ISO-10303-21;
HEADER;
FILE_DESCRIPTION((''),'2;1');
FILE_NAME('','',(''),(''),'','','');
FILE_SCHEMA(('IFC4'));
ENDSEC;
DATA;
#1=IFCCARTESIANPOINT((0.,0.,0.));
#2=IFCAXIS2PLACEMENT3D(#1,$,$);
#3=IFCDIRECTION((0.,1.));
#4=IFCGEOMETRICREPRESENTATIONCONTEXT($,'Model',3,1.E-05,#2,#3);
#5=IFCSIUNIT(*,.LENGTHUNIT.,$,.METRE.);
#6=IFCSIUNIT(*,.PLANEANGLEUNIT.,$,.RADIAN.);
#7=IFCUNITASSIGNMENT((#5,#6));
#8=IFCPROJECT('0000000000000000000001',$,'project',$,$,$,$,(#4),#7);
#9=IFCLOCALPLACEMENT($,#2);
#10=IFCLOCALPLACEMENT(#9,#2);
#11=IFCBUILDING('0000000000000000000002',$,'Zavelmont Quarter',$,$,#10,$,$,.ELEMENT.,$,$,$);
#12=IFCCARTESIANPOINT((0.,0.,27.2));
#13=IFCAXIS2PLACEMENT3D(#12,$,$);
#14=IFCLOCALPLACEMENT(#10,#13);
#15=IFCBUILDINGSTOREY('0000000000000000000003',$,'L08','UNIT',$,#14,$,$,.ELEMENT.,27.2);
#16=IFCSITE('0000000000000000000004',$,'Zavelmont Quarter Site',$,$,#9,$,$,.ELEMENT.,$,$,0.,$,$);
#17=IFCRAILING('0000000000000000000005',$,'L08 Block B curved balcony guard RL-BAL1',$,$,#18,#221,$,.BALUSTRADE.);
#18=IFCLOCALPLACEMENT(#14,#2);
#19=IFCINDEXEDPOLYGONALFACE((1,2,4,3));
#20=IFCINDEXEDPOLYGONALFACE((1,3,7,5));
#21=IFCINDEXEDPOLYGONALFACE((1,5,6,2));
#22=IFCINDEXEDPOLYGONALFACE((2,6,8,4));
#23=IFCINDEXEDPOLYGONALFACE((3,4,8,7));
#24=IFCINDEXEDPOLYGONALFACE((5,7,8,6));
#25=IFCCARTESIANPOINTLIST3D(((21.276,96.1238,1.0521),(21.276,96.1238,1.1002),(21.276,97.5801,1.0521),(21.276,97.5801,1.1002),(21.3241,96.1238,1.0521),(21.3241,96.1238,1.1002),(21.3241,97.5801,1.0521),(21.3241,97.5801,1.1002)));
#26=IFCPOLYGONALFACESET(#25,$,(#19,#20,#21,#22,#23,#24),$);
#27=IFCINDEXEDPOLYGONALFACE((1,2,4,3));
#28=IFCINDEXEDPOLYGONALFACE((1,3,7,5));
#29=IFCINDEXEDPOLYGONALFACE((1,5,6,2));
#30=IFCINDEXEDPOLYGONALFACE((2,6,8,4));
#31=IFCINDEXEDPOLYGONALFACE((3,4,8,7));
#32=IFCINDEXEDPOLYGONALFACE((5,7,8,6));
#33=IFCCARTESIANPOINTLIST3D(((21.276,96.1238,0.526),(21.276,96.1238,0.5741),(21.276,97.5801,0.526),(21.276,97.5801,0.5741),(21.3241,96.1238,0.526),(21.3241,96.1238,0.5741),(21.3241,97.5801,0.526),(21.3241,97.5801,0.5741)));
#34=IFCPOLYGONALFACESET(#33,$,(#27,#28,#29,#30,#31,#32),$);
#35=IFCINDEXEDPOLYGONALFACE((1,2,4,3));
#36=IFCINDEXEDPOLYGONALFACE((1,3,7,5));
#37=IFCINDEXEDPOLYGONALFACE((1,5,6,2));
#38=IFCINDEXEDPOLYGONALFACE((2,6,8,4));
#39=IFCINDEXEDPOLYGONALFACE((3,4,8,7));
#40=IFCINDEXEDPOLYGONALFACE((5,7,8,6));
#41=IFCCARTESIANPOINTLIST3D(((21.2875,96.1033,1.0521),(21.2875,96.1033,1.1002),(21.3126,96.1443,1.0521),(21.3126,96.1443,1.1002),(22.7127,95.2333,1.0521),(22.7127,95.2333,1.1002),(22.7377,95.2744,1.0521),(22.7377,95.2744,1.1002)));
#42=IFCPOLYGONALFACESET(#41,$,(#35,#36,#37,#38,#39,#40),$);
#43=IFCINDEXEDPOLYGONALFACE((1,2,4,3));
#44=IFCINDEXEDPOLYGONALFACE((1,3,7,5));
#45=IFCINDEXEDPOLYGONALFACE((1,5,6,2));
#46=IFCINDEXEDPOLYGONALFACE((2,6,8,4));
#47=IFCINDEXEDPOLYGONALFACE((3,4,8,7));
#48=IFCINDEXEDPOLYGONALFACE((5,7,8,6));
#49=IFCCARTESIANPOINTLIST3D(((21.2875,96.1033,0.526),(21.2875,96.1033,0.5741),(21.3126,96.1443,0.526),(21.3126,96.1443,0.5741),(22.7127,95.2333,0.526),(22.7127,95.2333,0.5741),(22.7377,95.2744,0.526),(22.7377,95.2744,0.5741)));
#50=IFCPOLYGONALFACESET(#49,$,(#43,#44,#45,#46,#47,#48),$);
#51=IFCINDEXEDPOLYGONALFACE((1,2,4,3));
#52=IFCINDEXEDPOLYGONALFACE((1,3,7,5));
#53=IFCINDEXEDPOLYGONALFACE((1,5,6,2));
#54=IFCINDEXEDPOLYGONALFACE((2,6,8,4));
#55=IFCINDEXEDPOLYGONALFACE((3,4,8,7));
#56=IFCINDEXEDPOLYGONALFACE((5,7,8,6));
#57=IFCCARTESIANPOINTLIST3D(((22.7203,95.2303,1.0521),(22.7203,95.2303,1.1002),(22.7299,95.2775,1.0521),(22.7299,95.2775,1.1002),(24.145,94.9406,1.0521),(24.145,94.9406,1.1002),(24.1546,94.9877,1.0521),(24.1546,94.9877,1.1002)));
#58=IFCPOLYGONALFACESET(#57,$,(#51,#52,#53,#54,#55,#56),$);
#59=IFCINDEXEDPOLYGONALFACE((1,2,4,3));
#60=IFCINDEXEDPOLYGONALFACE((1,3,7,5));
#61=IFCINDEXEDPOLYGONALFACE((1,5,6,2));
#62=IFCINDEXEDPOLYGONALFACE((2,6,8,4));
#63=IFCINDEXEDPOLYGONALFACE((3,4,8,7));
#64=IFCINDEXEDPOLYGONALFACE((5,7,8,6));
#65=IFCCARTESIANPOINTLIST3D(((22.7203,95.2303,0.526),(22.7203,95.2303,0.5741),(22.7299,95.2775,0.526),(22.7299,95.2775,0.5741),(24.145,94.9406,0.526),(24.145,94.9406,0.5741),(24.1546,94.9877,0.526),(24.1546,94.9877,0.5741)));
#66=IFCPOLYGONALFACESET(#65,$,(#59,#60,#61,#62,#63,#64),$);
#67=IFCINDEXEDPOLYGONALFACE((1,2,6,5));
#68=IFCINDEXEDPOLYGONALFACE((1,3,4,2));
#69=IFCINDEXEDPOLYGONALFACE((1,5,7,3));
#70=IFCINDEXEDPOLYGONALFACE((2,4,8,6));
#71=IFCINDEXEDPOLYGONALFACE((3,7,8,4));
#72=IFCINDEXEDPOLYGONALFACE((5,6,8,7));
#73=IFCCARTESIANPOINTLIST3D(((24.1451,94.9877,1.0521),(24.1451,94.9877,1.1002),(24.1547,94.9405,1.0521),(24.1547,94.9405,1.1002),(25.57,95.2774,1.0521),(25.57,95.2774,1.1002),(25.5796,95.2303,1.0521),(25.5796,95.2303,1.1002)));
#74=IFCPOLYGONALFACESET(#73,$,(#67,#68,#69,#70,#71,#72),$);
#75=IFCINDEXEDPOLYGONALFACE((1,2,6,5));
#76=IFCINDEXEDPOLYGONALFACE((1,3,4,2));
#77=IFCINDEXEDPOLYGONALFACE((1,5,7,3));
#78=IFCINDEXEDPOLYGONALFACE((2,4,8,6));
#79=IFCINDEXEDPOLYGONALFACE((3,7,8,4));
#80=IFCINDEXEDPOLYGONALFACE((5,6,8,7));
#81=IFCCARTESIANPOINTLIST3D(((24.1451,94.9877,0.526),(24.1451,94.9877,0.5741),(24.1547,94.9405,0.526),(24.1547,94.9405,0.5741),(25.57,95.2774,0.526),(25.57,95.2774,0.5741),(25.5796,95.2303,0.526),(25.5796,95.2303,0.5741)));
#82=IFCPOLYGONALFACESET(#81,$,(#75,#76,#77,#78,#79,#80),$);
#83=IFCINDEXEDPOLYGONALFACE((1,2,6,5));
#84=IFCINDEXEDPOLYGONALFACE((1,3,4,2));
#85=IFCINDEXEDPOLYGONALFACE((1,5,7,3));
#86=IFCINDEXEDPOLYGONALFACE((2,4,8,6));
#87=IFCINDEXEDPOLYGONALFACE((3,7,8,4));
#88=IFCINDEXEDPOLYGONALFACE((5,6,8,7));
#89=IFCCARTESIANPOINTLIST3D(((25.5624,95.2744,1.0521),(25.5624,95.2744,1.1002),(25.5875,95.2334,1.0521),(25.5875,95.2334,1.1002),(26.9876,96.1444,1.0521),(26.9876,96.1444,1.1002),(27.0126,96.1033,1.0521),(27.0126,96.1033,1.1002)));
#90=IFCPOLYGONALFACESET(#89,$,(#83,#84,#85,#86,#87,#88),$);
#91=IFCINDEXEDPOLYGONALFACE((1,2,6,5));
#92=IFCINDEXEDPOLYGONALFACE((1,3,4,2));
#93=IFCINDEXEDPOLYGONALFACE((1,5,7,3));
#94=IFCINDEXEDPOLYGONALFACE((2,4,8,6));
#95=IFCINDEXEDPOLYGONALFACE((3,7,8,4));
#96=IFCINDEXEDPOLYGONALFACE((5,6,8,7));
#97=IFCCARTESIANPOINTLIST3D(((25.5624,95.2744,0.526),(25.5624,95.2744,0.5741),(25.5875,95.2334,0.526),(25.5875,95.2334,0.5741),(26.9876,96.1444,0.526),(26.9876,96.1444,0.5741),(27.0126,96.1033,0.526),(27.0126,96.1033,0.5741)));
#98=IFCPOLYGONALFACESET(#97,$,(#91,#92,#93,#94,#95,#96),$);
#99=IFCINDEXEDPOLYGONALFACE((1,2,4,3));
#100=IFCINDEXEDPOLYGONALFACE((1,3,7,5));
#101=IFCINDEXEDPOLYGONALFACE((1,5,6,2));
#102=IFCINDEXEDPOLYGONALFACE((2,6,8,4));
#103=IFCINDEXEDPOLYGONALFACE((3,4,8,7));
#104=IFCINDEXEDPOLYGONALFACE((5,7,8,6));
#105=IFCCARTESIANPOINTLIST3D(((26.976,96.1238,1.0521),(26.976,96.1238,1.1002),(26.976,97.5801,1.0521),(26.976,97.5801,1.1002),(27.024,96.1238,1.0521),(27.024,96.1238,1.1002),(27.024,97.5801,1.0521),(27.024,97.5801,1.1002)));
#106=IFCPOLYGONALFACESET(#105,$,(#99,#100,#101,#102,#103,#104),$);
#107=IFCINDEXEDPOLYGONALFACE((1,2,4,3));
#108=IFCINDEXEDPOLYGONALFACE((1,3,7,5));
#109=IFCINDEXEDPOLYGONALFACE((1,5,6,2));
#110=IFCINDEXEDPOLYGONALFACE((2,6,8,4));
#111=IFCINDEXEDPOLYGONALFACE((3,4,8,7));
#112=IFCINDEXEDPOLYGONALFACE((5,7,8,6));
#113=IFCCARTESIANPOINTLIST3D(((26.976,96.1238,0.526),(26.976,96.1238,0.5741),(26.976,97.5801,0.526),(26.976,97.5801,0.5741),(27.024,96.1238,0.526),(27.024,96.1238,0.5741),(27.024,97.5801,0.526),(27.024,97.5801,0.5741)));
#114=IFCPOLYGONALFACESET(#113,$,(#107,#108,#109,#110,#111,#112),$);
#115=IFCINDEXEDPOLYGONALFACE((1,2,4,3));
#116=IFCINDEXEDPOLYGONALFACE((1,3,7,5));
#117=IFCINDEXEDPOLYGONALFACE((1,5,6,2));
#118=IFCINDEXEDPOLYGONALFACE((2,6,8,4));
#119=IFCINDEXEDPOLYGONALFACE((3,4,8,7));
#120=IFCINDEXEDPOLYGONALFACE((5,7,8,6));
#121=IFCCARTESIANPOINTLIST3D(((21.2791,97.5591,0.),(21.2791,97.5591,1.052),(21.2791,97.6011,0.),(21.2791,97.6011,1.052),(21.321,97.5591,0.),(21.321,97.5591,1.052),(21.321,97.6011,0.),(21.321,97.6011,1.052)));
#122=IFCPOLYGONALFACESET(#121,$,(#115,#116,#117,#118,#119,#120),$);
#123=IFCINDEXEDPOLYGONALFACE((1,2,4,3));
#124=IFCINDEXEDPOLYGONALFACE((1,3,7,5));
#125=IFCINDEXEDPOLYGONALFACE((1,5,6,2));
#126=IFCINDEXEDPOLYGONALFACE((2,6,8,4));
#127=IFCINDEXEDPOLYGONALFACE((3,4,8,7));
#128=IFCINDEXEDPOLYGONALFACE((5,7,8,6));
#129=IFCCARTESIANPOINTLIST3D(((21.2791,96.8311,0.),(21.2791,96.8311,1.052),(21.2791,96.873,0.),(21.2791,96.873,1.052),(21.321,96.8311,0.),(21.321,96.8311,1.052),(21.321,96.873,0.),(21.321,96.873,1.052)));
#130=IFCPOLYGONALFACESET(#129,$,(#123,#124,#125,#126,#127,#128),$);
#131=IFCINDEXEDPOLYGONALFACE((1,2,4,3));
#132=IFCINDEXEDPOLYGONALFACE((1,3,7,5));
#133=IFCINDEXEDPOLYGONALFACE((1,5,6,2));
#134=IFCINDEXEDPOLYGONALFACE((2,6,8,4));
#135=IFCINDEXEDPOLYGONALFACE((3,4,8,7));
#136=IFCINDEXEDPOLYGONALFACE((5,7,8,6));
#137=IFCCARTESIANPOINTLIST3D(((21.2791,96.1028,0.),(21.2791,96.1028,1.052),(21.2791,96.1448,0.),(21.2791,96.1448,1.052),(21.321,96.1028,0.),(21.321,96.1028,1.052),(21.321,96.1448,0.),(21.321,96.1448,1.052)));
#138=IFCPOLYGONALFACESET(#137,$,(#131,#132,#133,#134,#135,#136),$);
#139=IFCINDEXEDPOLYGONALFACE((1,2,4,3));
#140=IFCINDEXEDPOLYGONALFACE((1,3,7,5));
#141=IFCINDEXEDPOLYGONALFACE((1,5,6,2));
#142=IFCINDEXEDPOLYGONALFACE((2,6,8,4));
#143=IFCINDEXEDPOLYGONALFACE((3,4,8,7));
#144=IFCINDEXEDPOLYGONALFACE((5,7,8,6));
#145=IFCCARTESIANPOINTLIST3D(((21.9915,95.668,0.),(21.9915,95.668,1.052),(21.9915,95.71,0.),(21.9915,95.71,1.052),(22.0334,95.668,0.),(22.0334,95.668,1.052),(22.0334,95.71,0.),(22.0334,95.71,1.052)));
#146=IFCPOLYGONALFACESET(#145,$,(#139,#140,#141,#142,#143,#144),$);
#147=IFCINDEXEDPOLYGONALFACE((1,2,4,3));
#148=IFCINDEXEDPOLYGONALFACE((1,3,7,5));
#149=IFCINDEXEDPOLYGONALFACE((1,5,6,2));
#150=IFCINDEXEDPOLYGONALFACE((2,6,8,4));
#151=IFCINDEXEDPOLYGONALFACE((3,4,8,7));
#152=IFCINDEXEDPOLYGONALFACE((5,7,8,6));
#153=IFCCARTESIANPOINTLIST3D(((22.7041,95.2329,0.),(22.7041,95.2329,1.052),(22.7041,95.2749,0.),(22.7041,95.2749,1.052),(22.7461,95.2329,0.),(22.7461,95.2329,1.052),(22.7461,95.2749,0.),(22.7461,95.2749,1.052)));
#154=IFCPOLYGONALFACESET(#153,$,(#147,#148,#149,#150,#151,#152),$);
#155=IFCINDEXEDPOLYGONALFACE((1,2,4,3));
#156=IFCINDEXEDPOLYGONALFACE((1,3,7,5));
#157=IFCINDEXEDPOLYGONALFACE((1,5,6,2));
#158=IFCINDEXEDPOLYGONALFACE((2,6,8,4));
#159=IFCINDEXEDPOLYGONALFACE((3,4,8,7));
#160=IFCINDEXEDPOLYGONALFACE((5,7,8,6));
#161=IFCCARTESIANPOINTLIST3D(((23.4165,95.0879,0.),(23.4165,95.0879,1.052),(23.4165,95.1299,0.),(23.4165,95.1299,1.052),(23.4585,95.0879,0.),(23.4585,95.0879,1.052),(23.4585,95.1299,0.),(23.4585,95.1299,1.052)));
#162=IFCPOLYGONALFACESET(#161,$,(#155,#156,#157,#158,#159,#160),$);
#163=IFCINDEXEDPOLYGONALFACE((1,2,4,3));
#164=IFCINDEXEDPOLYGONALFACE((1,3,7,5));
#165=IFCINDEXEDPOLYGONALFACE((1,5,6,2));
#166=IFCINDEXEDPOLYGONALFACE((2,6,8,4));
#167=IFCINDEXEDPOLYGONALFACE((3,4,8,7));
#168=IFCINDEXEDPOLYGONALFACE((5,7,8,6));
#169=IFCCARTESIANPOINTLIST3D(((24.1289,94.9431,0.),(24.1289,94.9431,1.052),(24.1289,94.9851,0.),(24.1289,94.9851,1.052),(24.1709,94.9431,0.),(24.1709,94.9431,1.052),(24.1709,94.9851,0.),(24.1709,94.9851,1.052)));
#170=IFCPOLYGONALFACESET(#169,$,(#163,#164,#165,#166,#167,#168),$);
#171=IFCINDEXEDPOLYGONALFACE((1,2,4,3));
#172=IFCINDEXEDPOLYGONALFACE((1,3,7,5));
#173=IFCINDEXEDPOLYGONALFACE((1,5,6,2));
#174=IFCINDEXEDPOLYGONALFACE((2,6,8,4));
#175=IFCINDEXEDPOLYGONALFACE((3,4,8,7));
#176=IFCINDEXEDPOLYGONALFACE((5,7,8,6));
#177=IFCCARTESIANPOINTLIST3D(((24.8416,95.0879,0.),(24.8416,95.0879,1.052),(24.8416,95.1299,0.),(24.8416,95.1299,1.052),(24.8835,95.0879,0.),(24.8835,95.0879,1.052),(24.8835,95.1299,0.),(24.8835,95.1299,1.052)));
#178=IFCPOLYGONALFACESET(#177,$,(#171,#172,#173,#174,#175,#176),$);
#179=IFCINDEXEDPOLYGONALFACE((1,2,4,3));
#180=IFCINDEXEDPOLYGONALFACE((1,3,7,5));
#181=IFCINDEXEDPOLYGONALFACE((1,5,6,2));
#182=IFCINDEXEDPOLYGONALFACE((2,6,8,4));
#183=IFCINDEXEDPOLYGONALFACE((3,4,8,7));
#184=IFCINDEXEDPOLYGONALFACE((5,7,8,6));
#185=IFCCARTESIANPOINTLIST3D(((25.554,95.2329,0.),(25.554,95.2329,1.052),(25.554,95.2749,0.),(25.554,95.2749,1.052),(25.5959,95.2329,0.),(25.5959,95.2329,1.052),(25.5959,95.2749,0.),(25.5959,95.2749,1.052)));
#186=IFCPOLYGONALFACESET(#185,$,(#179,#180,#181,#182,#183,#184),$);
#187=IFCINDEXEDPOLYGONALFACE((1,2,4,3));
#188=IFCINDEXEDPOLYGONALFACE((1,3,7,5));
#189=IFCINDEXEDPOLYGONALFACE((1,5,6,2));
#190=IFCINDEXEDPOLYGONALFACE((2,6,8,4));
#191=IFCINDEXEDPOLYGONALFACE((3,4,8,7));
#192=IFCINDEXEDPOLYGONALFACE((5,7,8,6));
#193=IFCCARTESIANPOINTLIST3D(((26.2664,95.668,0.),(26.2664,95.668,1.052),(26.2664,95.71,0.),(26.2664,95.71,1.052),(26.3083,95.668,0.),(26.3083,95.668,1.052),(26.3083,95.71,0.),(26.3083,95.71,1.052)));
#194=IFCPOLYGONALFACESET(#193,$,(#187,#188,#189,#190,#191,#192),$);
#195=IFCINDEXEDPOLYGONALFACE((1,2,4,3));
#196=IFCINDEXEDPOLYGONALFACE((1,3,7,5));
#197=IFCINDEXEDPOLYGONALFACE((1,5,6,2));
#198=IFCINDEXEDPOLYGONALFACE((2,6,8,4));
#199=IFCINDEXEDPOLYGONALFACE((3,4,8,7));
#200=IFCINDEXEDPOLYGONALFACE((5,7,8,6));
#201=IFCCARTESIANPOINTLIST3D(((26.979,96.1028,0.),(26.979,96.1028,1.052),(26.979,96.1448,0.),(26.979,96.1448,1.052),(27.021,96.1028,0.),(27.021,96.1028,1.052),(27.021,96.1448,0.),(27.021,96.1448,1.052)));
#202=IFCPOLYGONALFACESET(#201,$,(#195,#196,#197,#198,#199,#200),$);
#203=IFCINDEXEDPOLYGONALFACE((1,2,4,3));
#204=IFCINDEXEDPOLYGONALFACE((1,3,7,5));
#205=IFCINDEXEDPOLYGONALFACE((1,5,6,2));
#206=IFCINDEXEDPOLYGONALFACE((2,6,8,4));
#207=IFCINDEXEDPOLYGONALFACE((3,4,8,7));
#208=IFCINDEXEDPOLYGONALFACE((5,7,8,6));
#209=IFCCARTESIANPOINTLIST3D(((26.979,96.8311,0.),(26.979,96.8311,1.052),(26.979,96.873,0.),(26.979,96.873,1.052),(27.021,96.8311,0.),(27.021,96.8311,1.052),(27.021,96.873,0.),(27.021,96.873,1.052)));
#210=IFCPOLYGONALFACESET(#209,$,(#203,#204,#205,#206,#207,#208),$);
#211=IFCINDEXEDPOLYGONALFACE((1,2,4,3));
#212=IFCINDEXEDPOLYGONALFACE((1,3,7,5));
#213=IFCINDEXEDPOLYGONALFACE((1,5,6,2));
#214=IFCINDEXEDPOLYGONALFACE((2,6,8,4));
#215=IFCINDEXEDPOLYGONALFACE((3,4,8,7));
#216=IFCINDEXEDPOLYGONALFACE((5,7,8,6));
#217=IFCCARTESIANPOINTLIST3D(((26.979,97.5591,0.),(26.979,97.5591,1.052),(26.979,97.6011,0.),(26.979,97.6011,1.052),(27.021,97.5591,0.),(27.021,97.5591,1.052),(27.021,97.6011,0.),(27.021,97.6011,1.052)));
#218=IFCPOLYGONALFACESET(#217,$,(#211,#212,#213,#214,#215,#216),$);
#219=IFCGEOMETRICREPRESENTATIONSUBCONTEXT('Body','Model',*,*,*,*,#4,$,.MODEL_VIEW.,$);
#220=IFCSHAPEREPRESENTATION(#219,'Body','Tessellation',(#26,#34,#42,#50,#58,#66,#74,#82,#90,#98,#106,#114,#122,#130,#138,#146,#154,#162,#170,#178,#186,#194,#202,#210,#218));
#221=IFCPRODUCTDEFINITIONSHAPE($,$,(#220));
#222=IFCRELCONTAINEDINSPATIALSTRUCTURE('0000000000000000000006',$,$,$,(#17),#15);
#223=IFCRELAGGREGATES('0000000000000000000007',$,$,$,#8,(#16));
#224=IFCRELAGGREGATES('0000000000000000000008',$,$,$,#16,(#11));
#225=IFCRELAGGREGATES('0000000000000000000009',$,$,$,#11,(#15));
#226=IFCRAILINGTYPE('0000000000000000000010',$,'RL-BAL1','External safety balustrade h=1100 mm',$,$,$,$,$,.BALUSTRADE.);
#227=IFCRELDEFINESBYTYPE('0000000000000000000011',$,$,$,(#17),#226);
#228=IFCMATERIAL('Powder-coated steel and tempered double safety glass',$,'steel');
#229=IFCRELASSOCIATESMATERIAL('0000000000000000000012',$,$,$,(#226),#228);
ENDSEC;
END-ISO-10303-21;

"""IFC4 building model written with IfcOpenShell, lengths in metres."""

from ifc_helpers import new_model, si_unit, direction, frame, origin, origin_2d, place, context, subcontext, project, spatial, rectangle, extrude, material, type_object, element, save


model = new_model("IFC4")

# Units and contexts
model_context = context("Model", 3, precision=1e-05, world=origin(), true_north=direction((0.0, 1.0)))
body_context = subcontext(model_context, "Body", "Model", "MODEL_VIEW")
ifc_project = project(units=[si_unit("LENGTHUNIT", "METRE"), si_unit("PLANEANGLEUNIT", "RADIAN")], contexts=[model_context])

# Site, building, storey
site_placement = place(None, origin())
site = spatial("IfcSite", under=ifc_project, at=site_placement, Name="Zavelmont Quarter Site", CompositionType="ELEMENT", RefElevation=0.0)
building_placement = place(site_placement, origin())
building = spatial("IfcBuilding", under=site, at=building_placement, Name="Zavelmont Quarter", CompositionType="ELEMENT")
storey_placement = place(building_placement, frame((0.0, 0.0, 27.2)))
storey = spatial("IfcBuildingStorey", under=building, at=storey_placement, Name="L08", Description="UNIT", CompositionType="ELEMENT", Elevation=27.2)

# Railing
ifc_material_1 = material(Name="Powder-coated steel and tempered double safety glass", Category="steel")
railing_type_1 = type_object("IfcRailingType", Name="RL-BAL1", Description="External safety balustrade h=1100 mm", PredefinedType="BALUSTRADE", material=ifc_material_1)
railing_1_placement = place(storey_placement, frame((21.3, 97.5801, 0.0)))
element("IfcRailing", 1, at=railing_1_placement, inside=storey, type_object=railing_type_1, Name="L08 Block B curved balcony guard RL-BAL1", PredefinedType="BALUSTRADE", context=body_context, shape_type="SweptSolid", body=[
    extrude(rectangle(XDim=0.0481, YDim=0.0481, at=origin_2d()), frame((0.0, 0.0, 1.0762), z_axis=(0.0, -1.0, 0.0), x_axis=(1.0, 0.0, 0.0)), (0.0, 0.0, 1.0), 1.4563),
    extrude(rectangle(XDim=0.0481, YDim=0.0481, at=origin_2d()), frame((0.0, 0.0, 0.55), z_axis=(0.0, -1.0, 0.0), x_axis=(1.0, 0.0, 0.0)), (0.0, 0.0, 1.0), 1.4563),
    extrude(rectangle(XDim=0.0481, YDim=0.0481, at=origin_2d()), frame((0.0, -1.4563, 1.0762), z_axis=(0.853546, -0.521018, 0.0), x_axis=(0.521018, 0.853546, 0.0)), (0.0, 0.0, 1.0), 1.6697),
    extrude(rectangle(XDim=0.0481, YDim=0.0481, at=origin_2d()), frame((0.0, -1.4563, 0.55), z_axis=(0.853546, -0.521018, 0.0), x_axis=(0.521018, 0.853546, 0.0)), (0.0, 0.0, 1.0), 1.6697),
    extrude(rectangle(XDim=0.0481, YDim=0.0481, at=origin_2d()), frame((1.425, -2.3262, 1.0762), z_axis=(0.979936, -0.199312, 0.0), x_axis=(0.199312, 0.979936, 0.0)), (0.0, 0.0, 1.0), 1.4539),
    extrude(rectangle(XDim=0.0481, YDim=0.0481, at=origin_2d()), frame((1.425, -2.3262, 0.55), z_axis=(0.979936, -0.199312, 0.0), x_axis=(0.199312, 0.979936, 0.0)), (0.0, 0.0, 1.0), 1.4539),
    extrude(rectangle(XDim=0.0481, YDim=0.0481, at=origin_2d()), frame((2.8499, -2.616, 1.0762), z_axis=(0.979943, 0.199279, 0.0), x_axis=(-0.199279, 0.979943, 0.0)), (0.0, 0.0, 1.0), 1.4541),
    extrude(rectangle(XDim=0.0481, YDim=0.0481, at=origin_2d()), frame((2.8499, -2.616, 0.55), z_axis=(0.979943, 0.199279, 0.0), x_axis=(-0.199279, 0.979943, 0.0)), (0.0, 0.0, 1.0), 1.4541),
    extrude(rectangle(XDim=0.0481, YDim=0.0481, at=origin_2d()), frame((4.2749, -2.3262, 1.0762), z_axis=(0.853546, 0.521018, 0.0), x_axis=(-0.521018, 0.853546, 0.0)), (0.0, 0.0, 1.0), 1.6697),
    extrude(rectangle(XDim=0.0481, YDim=0.0481, at=origin_2d()), frame((4.2749, -2.3262, 0.55), z_axis=(0.853546, 0.521018, 0.0), x_axis=(-0.521018, 0.853546, 0.0)), (0.0, 0.0, 1.0), 1.6697),
    extrude(rectangle(XDim=0.0481, YDim=0.0481, at=origin_2d()), frame((5.7, -1.4563, 1.0762), z_axis=(0.0, 1.0, 0.0), x_axis=(-1.0, 0.0, 0.0)), (0.0, 0.0, 1.0), 1.4563),
    extrude(rectangle(XDim=0.0481, YDim=0.0481, at=origin_2d()), frame((5.7, -1.4563, 0.55), z_axis=(0.0, 1.0, 0.0), x_axis=(-1.0, 0.0, 0.0)), (0.0, 0.0, 1.0), 1.4563),
    extrude(rectangle(XDim=0.042, YDim=0.042, at=origin_2d()), origin(), (0.0, 0.0, 1.0), 1.052),
    extrude(rectangle(XDim=0.042, YDim=0.042, at=origin_2d()), frame((0.0, -0.728, 0.0)), (0.0, 0.0, 1.0), 1.052),
    extrude(rectangle(XDim=0.042, YDim=0.042, at=origin_2d()), frame((0.0, -1.4563, 0.0)), (0.0, 0.0, 1.0), 1.052),
    extrude(rectangle(XDim=0.042, YDim=0.042, at=origin_2d()), frame((0.7124, -1.8911, 0.0)), (0.0, 0.0, 1.0), 1.052),
    extrude(rectangle(XDim=0.042, YDim=0.042, at=origin_2d()), frame((1.425, -2.3262, 0.0)), (0.0, 0.0, 1.0), 1.052),
    extrude(rectangle(XDim=0.042, YDim=0.042, at=origin_2d()), frame((2.1375, -2.4712, 0.0)), (0.0, 0.0, 1.0), 1.052),
    extrude(rectangle(XDim=0.042, YDim=0.042, at=origin_2d()), frame((2.8499, -2.616, 0.0)), (0.0, 0.0, 1.0), 1.052),
    extrude(rectangle(XDim=0.042, YDim=0.042, at=origin_2d()), frame((3.5625, -2.4712, 0.0)), (0.0, 0.0, 1.0), 1.052),
    extrude(rectangle(XDim=0.042, YDim=0.042, at=origin_2d()), frame((4.2749, -2.3262, 0.0)), (0.0, 0.0, 1.0), 1.052),
    extrude(rectangle(XDim=0.042, YDim=0.042, at=origin_2d()), frame((4.9873, -1.8911, 0.0)), (0.0, 0.0, 1.0), 1.052),
    extrude(rectangle(XDim=0.042, YDim=0.042, at=origin_2d()), frame((5.7, -1.4563, 0.0)), (0.0, 0.0, 1.0), 1.052),
    extrude(rectangle(XDim=0.042, YDim=0.042, at=origin_2d()), frame((5.7, -0.728, 0.0)), (0.0, 0.0, 1.0), 1.052),
    extrude(rectangle(XDim=0.042, YDim=0.042, at=origin_2d()), frame((5.7, 0.0, 0.0)), (0.0, 0.0, 1.0), 1.052),
])

save(model, "model.ifc")
